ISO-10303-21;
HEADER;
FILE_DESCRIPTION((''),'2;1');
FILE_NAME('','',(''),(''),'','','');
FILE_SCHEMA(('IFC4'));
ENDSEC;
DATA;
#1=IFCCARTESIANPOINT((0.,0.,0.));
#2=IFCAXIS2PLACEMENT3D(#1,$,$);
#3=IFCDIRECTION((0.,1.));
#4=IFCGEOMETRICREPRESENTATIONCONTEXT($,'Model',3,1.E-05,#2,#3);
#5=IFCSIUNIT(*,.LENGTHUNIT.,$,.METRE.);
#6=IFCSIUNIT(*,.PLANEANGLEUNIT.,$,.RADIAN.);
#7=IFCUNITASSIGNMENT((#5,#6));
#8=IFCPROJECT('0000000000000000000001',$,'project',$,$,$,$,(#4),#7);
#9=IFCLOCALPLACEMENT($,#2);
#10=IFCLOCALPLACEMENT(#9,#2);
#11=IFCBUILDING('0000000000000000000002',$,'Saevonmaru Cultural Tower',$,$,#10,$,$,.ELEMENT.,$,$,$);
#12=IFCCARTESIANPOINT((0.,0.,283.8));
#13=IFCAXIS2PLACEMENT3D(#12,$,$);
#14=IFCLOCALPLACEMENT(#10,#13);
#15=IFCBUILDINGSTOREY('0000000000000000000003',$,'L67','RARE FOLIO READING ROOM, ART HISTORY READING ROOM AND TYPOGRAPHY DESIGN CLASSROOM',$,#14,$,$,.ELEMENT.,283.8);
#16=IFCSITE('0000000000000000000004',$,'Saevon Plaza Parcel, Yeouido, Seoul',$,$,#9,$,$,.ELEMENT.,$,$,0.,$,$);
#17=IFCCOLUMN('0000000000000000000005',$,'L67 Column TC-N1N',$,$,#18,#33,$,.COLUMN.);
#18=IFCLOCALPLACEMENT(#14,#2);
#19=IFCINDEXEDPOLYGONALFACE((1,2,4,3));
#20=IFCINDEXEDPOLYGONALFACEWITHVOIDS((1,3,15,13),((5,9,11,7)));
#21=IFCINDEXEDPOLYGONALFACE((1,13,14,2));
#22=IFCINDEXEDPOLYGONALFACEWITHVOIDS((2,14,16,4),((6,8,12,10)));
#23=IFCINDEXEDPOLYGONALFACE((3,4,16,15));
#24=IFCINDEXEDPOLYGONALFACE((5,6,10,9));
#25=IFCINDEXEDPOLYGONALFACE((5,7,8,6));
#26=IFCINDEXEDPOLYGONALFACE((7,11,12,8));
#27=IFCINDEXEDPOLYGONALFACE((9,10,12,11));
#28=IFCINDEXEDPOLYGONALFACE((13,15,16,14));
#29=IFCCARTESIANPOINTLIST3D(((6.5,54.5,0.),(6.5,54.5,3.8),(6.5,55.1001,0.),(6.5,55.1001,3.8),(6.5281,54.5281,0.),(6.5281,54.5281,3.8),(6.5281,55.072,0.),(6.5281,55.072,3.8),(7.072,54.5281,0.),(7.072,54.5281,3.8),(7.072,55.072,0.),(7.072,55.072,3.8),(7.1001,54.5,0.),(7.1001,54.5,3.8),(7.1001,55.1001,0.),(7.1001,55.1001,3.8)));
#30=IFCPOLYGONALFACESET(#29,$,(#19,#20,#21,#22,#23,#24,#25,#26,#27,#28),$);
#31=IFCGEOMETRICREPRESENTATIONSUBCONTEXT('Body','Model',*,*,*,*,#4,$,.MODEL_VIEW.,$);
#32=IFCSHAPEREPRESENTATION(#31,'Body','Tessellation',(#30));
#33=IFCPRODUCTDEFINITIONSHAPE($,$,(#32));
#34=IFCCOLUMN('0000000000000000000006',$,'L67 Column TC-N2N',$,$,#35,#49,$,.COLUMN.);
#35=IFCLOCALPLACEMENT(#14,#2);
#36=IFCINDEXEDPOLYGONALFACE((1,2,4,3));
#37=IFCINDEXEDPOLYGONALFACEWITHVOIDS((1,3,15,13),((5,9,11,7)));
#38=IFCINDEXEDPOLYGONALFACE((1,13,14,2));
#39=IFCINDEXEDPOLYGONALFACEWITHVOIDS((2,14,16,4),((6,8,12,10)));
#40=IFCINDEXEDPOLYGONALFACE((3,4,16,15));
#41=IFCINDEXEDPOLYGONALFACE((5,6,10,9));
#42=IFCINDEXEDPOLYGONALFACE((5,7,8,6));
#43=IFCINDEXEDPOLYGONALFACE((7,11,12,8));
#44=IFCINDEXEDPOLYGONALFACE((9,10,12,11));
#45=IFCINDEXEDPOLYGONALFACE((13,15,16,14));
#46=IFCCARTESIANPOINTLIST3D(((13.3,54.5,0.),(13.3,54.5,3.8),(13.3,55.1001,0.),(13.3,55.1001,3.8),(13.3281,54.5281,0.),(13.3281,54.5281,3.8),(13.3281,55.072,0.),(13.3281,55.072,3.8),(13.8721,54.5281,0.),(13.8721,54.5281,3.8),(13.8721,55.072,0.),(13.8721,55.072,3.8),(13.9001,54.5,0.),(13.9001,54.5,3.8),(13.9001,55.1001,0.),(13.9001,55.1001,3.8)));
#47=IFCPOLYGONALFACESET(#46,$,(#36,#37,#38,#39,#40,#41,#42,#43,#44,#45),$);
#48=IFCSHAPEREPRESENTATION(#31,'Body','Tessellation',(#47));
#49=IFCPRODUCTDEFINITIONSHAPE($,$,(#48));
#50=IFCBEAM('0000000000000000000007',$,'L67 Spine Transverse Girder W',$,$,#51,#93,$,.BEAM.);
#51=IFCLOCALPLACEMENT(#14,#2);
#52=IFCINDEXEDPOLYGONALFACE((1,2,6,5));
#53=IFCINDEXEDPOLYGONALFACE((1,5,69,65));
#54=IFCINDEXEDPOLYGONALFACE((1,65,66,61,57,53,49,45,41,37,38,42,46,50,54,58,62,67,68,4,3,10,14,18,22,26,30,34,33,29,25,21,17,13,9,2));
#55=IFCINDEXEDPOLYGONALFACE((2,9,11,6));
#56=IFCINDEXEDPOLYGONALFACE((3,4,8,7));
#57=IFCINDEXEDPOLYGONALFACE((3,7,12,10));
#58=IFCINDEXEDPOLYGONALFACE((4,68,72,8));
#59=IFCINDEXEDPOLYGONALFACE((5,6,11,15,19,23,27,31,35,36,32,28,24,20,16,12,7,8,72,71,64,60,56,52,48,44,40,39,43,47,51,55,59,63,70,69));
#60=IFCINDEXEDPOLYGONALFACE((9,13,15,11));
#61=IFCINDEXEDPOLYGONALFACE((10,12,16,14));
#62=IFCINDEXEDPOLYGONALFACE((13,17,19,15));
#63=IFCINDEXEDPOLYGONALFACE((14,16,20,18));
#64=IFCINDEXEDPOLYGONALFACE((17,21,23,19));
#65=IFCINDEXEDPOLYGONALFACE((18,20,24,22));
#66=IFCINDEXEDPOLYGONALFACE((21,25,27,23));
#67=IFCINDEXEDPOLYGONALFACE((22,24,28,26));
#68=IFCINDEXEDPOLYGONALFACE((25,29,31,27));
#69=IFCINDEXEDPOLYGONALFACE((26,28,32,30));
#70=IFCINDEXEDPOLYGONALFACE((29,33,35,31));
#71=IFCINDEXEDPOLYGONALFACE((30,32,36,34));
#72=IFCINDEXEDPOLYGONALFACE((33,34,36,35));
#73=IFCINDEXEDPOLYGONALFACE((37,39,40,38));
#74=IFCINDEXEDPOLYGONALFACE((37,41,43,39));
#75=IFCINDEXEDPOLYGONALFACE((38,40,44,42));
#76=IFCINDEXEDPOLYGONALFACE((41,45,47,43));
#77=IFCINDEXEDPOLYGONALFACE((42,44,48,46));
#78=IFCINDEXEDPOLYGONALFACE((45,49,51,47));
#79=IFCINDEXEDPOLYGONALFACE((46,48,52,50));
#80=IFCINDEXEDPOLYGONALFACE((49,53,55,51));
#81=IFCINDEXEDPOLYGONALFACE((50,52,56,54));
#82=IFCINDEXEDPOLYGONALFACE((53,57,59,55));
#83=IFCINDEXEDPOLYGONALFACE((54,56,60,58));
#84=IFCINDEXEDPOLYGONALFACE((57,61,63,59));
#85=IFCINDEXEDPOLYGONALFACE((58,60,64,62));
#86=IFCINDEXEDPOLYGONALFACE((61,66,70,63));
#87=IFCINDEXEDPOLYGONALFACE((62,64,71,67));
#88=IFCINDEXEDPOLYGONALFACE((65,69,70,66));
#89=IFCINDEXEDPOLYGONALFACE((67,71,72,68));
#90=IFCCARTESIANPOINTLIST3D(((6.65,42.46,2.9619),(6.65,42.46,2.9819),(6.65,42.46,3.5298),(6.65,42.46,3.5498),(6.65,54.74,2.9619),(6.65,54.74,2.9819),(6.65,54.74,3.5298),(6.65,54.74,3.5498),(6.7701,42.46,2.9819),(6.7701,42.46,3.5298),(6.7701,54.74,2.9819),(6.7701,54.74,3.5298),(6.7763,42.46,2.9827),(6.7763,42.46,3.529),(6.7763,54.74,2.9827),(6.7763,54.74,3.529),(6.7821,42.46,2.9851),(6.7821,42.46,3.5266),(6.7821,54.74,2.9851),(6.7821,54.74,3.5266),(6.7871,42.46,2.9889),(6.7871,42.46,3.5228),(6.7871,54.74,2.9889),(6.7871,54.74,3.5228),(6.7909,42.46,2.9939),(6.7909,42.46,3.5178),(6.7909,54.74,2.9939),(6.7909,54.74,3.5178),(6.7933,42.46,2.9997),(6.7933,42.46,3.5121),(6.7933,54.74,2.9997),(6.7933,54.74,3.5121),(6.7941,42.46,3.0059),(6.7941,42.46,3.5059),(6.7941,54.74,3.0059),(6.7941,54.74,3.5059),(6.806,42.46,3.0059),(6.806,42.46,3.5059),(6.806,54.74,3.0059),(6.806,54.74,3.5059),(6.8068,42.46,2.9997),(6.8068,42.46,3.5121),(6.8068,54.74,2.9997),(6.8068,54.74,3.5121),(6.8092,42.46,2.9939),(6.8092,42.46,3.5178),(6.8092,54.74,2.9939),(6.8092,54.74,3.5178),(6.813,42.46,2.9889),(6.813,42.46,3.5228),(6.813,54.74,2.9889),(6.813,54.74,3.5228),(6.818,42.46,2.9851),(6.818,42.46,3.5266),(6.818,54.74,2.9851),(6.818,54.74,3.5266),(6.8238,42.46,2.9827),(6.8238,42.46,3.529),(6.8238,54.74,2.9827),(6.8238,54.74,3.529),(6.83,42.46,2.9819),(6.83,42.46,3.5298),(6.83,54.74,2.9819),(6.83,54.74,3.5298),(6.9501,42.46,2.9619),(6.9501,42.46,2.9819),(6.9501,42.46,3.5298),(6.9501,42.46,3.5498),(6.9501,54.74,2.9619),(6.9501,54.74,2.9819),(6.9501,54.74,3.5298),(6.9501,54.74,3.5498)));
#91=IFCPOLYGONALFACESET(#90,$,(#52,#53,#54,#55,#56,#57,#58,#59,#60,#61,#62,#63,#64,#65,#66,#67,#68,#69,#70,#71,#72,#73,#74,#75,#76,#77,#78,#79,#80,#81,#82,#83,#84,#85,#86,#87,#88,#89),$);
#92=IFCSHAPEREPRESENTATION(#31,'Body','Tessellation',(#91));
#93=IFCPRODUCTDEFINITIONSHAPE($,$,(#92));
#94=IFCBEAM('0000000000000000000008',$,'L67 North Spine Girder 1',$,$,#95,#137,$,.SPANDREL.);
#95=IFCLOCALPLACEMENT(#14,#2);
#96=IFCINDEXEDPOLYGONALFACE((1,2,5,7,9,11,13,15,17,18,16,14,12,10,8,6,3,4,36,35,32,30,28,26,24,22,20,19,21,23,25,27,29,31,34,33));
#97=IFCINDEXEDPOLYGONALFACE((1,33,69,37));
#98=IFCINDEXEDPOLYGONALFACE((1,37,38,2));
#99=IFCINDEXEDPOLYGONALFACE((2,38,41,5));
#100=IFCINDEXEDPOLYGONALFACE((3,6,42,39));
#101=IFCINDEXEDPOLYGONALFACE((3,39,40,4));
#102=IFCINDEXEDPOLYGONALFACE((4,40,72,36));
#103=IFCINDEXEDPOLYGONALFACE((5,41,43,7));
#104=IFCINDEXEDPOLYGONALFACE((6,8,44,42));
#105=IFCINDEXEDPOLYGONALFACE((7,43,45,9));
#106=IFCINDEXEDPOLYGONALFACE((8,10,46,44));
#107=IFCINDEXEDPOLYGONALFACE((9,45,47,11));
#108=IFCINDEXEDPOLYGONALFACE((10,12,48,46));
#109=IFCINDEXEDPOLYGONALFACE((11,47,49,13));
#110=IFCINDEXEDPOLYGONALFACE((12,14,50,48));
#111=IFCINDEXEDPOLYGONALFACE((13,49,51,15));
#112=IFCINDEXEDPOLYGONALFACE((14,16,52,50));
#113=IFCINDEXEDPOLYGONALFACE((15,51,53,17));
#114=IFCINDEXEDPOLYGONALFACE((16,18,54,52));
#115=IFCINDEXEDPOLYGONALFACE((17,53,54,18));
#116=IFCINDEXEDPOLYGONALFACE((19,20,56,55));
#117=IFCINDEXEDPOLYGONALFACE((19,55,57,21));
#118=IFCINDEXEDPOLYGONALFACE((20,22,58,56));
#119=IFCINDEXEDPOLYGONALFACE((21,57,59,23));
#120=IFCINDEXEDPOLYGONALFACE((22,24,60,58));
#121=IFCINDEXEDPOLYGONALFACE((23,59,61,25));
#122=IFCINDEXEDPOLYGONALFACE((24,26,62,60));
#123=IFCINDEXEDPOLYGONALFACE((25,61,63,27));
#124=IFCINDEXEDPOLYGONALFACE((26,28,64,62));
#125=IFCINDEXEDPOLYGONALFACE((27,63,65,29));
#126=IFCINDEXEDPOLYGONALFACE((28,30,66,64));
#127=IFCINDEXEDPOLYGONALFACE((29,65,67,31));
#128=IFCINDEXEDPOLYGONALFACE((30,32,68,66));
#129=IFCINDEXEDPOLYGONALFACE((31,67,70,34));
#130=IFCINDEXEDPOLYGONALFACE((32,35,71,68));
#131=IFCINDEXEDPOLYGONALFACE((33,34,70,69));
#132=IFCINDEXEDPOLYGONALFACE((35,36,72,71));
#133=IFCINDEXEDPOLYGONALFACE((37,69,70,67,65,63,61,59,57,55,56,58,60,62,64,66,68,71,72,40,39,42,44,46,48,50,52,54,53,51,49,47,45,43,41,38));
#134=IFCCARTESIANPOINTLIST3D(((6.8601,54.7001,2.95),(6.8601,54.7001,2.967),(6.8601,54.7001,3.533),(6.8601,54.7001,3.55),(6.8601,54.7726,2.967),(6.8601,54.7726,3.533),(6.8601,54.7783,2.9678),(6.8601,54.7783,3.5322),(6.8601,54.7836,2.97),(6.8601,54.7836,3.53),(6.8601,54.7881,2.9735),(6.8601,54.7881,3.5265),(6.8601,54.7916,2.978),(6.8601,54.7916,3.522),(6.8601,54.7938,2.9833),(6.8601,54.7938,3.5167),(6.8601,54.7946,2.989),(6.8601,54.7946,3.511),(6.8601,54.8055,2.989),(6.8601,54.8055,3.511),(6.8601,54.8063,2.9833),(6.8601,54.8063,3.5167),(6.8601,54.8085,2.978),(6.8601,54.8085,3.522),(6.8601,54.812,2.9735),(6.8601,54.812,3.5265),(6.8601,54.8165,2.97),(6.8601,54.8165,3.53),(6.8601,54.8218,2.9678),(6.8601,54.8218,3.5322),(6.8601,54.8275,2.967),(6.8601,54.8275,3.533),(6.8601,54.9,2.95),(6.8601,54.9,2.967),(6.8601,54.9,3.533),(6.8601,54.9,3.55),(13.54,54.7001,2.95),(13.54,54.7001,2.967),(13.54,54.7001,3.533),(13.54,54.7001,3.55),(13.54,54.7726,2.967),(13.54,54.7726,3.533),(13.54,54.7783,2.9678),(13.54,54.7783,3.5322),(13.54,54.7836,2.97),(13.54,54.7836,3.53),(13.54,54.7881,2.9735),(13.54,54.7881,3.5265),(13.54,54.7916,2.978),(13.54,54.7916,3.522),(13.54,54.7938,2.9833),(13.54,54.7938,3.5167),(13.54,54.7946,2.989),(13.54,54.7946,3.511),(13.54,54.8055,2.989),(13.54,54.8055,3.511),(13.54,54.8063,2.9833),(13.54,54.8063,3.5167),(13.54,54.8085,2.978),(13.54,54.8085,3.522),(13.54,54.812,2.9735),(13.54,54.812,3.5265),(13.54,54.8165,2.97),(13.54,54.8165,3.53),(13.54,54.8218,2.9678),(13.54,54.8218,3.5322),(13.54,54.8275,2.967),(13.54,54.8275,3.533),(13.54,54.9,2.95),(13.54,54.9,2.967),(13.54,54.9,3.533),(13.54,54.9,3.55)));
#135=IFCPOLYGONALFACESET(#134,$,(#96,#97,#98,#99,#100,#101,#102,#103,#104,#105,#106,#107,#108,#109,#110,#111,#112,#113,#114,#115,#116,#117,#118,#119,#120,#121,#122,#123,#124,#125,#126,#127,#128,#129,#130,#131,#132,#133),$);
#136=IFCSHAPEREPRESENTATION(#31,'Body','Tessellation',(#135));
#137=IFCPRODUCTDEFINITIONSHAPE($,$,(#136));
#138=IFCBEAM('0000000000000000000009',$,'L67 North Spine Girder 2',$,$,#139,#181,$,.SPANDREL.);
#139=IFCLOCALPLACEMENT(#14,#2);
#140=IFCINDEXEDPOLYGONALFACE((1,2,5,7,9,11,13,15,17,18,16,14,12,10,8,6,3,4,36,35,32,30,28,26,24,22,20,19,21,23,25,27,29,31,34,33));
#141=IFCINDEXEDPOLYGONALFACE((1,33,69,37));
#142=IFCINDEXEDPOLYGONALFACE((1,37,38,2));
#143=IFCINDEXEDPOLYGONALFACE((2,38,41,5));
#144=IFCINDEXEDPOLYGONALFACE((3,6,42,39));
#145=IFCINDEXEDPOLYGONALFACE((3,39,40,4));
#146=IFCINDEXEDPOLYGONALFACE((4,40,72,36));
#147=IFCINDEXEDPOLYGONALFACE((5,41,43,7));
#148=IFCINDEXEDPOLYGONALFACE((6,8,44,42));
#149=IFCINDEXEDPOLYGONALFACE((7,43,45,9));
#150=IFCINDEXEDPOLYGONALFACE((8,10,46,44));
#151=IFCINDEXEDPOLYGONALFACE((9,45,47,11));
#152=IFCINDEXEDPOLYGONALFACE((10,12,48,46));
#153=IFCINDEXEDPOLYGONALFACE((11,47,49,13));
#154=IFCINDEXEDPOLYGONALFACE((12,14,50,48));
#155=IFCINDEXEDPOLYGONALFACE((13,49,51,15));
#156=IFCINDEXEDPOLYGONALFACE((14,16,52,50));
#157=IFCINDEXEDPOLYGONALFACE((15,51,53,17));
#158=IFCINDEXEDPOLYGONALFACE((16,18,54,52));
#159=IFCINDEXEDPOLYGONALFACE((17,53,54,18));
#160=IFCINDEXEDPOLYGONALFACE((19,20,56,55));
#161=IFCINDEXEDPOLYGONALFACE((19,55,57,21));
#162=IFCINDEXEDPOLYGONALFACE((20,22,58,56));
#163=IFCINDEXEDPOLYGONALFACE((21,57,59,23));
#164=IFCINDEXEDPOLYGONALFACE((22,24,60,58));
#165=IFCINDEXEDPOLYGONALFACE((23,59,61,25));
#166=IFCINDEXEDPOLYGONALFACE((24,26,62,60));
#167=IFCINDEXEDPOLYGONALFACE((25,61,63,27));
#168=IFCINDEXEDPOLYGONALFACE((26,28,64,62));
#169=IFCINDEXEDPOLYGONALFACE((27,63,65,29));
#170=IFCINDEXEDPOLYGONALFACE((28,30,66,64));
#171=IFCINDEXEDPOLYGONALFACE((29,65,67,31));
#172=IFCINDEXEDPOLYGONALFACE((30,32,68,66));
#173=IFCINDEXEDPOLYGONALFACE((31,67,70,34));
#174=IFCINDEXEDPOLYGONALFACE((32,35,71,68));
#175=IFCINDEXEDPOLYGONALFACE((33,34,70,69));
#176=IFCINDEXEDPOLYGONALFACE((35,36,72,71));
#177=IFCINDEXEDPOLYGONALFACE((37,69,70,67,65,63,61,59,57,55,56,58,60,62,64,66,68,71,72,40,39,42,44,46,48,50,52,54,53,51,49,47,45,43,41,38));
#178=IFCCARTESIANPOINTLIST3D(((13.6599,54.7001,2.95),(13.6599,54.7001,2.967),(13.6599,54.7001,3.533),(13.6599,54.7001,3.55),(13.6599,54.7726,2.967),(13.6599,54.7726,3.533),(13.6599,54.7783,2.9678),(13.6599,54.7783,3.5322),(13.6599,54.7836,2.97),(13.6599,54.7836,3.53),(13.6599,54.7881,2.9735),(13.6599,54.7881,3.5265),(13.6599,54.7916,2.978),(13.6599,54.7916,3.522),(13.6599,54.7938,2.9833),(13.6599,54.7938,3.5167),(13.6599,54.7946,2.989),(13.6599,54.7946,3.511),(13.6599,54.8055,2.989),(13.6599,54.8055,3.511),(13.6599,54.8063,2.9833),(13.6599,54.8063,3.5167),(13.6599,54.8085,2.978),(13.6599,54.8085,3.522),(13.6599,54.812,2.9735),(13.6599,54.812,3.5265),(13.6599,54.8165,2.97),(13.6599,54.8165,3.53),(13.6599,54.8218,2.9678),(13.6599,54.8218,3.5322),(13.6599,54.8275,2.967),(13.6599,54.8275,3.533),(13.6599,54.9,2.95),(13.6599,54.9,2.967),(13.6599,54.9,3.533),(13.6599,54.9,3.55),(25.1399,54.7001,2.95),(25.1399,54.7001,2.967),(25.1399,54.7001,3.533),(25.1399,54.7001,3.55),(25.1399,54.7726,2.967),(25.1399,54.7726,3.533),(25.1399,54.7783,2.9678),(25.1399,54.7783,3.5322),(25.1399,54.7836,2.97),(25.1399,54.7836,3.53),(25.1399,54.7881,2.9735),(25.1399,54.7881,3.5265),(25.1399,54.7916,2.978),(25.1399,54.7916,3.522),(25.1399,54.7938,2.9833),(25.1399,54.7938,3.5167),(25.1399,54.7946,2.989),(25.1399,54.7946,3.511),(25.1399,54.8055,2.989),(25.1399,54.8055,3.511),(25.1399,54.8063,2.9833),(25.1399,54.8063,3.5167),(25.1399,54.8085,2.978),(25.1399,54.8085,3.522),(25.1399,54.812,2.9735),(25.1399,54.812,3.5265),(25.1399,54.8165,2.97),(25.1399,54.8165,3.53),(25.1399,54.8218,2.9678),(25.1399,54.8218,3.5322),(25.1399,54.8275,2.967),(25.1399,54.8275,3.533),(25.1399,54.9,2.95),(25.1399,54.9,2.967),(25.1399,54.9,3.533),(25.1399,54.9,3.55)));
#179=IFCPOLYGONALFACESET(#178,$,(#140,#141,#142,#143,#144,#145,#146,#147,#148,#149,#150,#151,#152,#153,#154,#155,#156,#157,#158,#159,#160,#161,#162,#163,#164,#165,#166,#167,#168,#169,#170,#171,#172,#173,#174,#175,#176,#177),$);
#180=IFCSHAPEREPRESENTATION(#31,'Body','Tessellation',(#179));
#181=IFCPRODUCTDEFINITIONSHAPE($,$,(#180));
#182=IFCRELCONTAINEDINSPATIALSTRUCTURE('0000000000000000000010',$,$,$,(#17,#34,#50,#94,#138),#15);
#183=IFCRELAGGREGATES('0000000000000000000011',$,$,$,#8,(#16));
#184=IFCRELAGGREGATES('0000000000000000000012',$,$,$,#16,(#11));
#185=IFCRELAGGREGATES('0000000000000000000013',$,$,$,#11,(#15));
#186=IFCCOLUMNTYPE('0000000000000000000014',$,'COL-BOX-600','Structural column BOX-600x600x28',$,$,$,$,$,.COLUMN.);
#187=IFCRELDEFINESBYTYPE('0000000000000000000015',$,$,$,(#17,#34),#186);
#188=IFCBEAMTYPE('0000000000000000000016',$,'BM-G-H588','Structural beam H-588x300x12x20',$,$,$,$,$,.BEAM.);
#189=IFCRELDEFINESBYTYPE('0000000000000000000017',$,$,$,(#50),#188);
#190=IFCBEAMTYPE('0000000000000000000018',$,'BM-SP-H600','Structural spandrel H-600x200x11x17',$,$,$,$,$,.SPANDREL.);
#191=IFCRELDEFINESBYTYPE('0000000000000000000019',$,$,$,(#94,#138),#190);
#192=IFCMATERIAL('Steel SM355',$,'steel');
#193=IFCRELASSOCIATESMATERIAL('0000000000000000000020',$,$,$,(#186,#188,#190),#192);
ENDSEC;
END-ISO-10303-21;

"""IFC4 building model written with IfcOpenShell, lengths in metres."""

from ifc_helpers import new_model, si_unit, direction, frame, origin, origin_2d, place, context, subcontext, project, spatial, hollow_rectangle, i_section, extrude, material, material_profile, profile_set, type_object, element, save


model = new_model("IFC4")

# Units and contexts
model_context = context("Model", 3, precision=1e-05, world=origin(), true_north=direction((0.0, 1.0)))
body_context = subcontext(model_context, "Body", "Model", "MODEL_VIEW")
ifc_project = project(units=[si_unit("LENGTHUNIT", "METRE"), si_unit("PLANEANGLEUNIT", "RADIAN")], contexts=[model_context])

# Site, building, storey
site_placement = place(None, origin())
site = spatial("IfcSite", under=ifc_project, at=site_placement, Name="Saevon Plaza Parcel, Yeouido, Seoul", CompositionType="ELEMENT", RefElevation=0.0)
building_placement = place(site_placement, origin())
building = spatial("IfcBuilding", under=site, at=building_placement, Name="Saevonmaru Cultural Tower", CompositionType="ELEMENT")
storey_placement = place(building_placement, frame((0.0, 0.0, 283.8)))
storey = spatial("IfcBuildingStorey", under=building, at=storey_placement, Name="L67", Description="RARE FOLIO READING ROOM, ART HISTORY READING ROOM AND TYPOGRAPHY DESIGN CLASSROOM", CompositionType="ELEMENT", Elevation=283.8)

# Columns
ifc_material_1 = material(Name="Steel SM355", Category="steel")
ifc_material_profile_1 = material_profile(ifc_material_1, hollow_rectangle(XDim=0.6001, YDim=0.6001, WallThickness=0.0281, at=origin_2d()), Name="BOX-600x600x28")
ifc_profile_set_1 = profile_set([ifc_material_profile_1], Name="Steel SM355")
column_type = type_object("IfcColumnType", Name="COL-BOX-600", Description="Structural column BOX-600x600x28", PredefinedType="COLUMN", material=ifc_profile_set_1)
for number, where, z_axis, x_axis, name in (
    (1, (6.8, 54.8, 0.0), (0.0, 0.0, 1.0), (1.0, 0.0, 0.0), "L67 Column TC-N1N"),
    (2, (13.6001, 54.8, 0.0), (0.0, 0.0, 1.0), (1.0, 0.0, 0.0), "L67 Column TC-N2N"),
):
    element("IfcColumn", number, at=place(storey_placement, frame(where, z_axis=z_axis, x_axis=x_axis)), inside=storey, type_object=column_type, Name=name, PredefinedType="COLUMN", context=body_context, shape_type="SweptSolid", body=[
        extrude(hollow_rectangle(XDim=0.6001, YDim=0.6001, WallThickness=0.0281, at=origin_2d()), origin(), (0.0, 0.0, 1.0), 3.8),
    ])

# Beams
ifc_material_profile_2 = material_profile(ifc_material_1, i_section(OverallWidth=0.3, OverallDepth=0.5879, WebThickness=0.012, FlangeThickness=0.02, FilletRadius=0.0239, at=origin_2d()), Name="H-588x300x12x20")
ifc_profile_set_2 = profile_set([ifc_material_profile_2], Name="Steel SM355")
beam_type_1 = type_object("IfcBeamType", Name="BM-G-H588", Description="Structural beam H-588x300x12x20", PredefinedType="BEAM", material=ifc_profile_set_2)
beam_1_placement = place(storey_placement, frame((6.8, 54.74, 3.2559), z_axis=(0.0, -1.0, 0.0), x_axis=(1.0, 0.0, 0.0)))
element("IfcBeam", 3, at=beam_1_placement, inside=storey, type_object=beam_type_1, Name="L67 Spine Transverse Girder W", PredefinedType="BEAM", context=body_context, shape_type="SweptSolid", body=[
    extrude(i_section(OverallWidth=0.3, OverallDepth=0.5879, WebThickness=0.012, FlangeThickness=0.02, FilletRadius=0.0239, at=origin_2d()), origin(), (0.0, 0.0, 1.0), 12.28),
])
ifc_material_profile_3 = material_profile(ifc_material_1, i_section(OverallWidth=0.2, OverallDepth=0.6001, WebThickness=0.011, FlangeThickness=0.0171, FilletRadius=0.022, at=origin_2d()), Name="H-600x200x11x17")
ifc_profile_set_3 = profile_set([ifc_material_profile_3], Name="Steel SM355")
beam_type_2 = type_object("IfcBeamType", Name="BM-SP-H600", Description="Structural spandrel H-600x200x11x17", PredefinedType="SPANDREL", material=ifc_profile_set_3)
beam_2_placement = place(storey_placement, frame((6.8601, 54.8, 3.25), z_axis=(1.0, 0.0, 0.0), x_axis=(0.0, 1.0, 0.0)))
element("IfcBeam", 4, at=beam_2_placement, inside=storey, type_object=beam_type_2, Name="L67 North Spine Girder 1", PredefinedType="SPANDREL", context=body_context, shape_type="SweptSolid", body=[
    extrude(i_section(OverallWidth=0.2, OverallDepth=0.6001, WebThickness=0.011, FlangeThickness=0.0171, FilletRadius=0.022, at=origin_2d()), origin(), (0.0, 0.0, 1.0), 6.6799),
])
beam_3_placement = place(storey_placement, frame((13.6599, 54.8, 3.25), z_axis=(1.0, 0.0, 0.0), x_axis=(0.0, 1.0, 0.0)))
element("IfcBeam", 5, at=beam_3_placement, inside=storey, type_object=beam_type_2, Name="L67 North Spine Girder 2", PredefinedType="SPANDREL", context=body_context, shape_type="SweptSolid", body=[
    extrude(i_section(OverallWidth=0.2, OverallDepth=0.6001, WebThickness=0.011, FlangeThickness=0.0171, FilletRadius=0.022, at=origin_2d()), origin(), (0.0, 0.0, 1.0), 11.48),
])

save(model, "model.ifc")
